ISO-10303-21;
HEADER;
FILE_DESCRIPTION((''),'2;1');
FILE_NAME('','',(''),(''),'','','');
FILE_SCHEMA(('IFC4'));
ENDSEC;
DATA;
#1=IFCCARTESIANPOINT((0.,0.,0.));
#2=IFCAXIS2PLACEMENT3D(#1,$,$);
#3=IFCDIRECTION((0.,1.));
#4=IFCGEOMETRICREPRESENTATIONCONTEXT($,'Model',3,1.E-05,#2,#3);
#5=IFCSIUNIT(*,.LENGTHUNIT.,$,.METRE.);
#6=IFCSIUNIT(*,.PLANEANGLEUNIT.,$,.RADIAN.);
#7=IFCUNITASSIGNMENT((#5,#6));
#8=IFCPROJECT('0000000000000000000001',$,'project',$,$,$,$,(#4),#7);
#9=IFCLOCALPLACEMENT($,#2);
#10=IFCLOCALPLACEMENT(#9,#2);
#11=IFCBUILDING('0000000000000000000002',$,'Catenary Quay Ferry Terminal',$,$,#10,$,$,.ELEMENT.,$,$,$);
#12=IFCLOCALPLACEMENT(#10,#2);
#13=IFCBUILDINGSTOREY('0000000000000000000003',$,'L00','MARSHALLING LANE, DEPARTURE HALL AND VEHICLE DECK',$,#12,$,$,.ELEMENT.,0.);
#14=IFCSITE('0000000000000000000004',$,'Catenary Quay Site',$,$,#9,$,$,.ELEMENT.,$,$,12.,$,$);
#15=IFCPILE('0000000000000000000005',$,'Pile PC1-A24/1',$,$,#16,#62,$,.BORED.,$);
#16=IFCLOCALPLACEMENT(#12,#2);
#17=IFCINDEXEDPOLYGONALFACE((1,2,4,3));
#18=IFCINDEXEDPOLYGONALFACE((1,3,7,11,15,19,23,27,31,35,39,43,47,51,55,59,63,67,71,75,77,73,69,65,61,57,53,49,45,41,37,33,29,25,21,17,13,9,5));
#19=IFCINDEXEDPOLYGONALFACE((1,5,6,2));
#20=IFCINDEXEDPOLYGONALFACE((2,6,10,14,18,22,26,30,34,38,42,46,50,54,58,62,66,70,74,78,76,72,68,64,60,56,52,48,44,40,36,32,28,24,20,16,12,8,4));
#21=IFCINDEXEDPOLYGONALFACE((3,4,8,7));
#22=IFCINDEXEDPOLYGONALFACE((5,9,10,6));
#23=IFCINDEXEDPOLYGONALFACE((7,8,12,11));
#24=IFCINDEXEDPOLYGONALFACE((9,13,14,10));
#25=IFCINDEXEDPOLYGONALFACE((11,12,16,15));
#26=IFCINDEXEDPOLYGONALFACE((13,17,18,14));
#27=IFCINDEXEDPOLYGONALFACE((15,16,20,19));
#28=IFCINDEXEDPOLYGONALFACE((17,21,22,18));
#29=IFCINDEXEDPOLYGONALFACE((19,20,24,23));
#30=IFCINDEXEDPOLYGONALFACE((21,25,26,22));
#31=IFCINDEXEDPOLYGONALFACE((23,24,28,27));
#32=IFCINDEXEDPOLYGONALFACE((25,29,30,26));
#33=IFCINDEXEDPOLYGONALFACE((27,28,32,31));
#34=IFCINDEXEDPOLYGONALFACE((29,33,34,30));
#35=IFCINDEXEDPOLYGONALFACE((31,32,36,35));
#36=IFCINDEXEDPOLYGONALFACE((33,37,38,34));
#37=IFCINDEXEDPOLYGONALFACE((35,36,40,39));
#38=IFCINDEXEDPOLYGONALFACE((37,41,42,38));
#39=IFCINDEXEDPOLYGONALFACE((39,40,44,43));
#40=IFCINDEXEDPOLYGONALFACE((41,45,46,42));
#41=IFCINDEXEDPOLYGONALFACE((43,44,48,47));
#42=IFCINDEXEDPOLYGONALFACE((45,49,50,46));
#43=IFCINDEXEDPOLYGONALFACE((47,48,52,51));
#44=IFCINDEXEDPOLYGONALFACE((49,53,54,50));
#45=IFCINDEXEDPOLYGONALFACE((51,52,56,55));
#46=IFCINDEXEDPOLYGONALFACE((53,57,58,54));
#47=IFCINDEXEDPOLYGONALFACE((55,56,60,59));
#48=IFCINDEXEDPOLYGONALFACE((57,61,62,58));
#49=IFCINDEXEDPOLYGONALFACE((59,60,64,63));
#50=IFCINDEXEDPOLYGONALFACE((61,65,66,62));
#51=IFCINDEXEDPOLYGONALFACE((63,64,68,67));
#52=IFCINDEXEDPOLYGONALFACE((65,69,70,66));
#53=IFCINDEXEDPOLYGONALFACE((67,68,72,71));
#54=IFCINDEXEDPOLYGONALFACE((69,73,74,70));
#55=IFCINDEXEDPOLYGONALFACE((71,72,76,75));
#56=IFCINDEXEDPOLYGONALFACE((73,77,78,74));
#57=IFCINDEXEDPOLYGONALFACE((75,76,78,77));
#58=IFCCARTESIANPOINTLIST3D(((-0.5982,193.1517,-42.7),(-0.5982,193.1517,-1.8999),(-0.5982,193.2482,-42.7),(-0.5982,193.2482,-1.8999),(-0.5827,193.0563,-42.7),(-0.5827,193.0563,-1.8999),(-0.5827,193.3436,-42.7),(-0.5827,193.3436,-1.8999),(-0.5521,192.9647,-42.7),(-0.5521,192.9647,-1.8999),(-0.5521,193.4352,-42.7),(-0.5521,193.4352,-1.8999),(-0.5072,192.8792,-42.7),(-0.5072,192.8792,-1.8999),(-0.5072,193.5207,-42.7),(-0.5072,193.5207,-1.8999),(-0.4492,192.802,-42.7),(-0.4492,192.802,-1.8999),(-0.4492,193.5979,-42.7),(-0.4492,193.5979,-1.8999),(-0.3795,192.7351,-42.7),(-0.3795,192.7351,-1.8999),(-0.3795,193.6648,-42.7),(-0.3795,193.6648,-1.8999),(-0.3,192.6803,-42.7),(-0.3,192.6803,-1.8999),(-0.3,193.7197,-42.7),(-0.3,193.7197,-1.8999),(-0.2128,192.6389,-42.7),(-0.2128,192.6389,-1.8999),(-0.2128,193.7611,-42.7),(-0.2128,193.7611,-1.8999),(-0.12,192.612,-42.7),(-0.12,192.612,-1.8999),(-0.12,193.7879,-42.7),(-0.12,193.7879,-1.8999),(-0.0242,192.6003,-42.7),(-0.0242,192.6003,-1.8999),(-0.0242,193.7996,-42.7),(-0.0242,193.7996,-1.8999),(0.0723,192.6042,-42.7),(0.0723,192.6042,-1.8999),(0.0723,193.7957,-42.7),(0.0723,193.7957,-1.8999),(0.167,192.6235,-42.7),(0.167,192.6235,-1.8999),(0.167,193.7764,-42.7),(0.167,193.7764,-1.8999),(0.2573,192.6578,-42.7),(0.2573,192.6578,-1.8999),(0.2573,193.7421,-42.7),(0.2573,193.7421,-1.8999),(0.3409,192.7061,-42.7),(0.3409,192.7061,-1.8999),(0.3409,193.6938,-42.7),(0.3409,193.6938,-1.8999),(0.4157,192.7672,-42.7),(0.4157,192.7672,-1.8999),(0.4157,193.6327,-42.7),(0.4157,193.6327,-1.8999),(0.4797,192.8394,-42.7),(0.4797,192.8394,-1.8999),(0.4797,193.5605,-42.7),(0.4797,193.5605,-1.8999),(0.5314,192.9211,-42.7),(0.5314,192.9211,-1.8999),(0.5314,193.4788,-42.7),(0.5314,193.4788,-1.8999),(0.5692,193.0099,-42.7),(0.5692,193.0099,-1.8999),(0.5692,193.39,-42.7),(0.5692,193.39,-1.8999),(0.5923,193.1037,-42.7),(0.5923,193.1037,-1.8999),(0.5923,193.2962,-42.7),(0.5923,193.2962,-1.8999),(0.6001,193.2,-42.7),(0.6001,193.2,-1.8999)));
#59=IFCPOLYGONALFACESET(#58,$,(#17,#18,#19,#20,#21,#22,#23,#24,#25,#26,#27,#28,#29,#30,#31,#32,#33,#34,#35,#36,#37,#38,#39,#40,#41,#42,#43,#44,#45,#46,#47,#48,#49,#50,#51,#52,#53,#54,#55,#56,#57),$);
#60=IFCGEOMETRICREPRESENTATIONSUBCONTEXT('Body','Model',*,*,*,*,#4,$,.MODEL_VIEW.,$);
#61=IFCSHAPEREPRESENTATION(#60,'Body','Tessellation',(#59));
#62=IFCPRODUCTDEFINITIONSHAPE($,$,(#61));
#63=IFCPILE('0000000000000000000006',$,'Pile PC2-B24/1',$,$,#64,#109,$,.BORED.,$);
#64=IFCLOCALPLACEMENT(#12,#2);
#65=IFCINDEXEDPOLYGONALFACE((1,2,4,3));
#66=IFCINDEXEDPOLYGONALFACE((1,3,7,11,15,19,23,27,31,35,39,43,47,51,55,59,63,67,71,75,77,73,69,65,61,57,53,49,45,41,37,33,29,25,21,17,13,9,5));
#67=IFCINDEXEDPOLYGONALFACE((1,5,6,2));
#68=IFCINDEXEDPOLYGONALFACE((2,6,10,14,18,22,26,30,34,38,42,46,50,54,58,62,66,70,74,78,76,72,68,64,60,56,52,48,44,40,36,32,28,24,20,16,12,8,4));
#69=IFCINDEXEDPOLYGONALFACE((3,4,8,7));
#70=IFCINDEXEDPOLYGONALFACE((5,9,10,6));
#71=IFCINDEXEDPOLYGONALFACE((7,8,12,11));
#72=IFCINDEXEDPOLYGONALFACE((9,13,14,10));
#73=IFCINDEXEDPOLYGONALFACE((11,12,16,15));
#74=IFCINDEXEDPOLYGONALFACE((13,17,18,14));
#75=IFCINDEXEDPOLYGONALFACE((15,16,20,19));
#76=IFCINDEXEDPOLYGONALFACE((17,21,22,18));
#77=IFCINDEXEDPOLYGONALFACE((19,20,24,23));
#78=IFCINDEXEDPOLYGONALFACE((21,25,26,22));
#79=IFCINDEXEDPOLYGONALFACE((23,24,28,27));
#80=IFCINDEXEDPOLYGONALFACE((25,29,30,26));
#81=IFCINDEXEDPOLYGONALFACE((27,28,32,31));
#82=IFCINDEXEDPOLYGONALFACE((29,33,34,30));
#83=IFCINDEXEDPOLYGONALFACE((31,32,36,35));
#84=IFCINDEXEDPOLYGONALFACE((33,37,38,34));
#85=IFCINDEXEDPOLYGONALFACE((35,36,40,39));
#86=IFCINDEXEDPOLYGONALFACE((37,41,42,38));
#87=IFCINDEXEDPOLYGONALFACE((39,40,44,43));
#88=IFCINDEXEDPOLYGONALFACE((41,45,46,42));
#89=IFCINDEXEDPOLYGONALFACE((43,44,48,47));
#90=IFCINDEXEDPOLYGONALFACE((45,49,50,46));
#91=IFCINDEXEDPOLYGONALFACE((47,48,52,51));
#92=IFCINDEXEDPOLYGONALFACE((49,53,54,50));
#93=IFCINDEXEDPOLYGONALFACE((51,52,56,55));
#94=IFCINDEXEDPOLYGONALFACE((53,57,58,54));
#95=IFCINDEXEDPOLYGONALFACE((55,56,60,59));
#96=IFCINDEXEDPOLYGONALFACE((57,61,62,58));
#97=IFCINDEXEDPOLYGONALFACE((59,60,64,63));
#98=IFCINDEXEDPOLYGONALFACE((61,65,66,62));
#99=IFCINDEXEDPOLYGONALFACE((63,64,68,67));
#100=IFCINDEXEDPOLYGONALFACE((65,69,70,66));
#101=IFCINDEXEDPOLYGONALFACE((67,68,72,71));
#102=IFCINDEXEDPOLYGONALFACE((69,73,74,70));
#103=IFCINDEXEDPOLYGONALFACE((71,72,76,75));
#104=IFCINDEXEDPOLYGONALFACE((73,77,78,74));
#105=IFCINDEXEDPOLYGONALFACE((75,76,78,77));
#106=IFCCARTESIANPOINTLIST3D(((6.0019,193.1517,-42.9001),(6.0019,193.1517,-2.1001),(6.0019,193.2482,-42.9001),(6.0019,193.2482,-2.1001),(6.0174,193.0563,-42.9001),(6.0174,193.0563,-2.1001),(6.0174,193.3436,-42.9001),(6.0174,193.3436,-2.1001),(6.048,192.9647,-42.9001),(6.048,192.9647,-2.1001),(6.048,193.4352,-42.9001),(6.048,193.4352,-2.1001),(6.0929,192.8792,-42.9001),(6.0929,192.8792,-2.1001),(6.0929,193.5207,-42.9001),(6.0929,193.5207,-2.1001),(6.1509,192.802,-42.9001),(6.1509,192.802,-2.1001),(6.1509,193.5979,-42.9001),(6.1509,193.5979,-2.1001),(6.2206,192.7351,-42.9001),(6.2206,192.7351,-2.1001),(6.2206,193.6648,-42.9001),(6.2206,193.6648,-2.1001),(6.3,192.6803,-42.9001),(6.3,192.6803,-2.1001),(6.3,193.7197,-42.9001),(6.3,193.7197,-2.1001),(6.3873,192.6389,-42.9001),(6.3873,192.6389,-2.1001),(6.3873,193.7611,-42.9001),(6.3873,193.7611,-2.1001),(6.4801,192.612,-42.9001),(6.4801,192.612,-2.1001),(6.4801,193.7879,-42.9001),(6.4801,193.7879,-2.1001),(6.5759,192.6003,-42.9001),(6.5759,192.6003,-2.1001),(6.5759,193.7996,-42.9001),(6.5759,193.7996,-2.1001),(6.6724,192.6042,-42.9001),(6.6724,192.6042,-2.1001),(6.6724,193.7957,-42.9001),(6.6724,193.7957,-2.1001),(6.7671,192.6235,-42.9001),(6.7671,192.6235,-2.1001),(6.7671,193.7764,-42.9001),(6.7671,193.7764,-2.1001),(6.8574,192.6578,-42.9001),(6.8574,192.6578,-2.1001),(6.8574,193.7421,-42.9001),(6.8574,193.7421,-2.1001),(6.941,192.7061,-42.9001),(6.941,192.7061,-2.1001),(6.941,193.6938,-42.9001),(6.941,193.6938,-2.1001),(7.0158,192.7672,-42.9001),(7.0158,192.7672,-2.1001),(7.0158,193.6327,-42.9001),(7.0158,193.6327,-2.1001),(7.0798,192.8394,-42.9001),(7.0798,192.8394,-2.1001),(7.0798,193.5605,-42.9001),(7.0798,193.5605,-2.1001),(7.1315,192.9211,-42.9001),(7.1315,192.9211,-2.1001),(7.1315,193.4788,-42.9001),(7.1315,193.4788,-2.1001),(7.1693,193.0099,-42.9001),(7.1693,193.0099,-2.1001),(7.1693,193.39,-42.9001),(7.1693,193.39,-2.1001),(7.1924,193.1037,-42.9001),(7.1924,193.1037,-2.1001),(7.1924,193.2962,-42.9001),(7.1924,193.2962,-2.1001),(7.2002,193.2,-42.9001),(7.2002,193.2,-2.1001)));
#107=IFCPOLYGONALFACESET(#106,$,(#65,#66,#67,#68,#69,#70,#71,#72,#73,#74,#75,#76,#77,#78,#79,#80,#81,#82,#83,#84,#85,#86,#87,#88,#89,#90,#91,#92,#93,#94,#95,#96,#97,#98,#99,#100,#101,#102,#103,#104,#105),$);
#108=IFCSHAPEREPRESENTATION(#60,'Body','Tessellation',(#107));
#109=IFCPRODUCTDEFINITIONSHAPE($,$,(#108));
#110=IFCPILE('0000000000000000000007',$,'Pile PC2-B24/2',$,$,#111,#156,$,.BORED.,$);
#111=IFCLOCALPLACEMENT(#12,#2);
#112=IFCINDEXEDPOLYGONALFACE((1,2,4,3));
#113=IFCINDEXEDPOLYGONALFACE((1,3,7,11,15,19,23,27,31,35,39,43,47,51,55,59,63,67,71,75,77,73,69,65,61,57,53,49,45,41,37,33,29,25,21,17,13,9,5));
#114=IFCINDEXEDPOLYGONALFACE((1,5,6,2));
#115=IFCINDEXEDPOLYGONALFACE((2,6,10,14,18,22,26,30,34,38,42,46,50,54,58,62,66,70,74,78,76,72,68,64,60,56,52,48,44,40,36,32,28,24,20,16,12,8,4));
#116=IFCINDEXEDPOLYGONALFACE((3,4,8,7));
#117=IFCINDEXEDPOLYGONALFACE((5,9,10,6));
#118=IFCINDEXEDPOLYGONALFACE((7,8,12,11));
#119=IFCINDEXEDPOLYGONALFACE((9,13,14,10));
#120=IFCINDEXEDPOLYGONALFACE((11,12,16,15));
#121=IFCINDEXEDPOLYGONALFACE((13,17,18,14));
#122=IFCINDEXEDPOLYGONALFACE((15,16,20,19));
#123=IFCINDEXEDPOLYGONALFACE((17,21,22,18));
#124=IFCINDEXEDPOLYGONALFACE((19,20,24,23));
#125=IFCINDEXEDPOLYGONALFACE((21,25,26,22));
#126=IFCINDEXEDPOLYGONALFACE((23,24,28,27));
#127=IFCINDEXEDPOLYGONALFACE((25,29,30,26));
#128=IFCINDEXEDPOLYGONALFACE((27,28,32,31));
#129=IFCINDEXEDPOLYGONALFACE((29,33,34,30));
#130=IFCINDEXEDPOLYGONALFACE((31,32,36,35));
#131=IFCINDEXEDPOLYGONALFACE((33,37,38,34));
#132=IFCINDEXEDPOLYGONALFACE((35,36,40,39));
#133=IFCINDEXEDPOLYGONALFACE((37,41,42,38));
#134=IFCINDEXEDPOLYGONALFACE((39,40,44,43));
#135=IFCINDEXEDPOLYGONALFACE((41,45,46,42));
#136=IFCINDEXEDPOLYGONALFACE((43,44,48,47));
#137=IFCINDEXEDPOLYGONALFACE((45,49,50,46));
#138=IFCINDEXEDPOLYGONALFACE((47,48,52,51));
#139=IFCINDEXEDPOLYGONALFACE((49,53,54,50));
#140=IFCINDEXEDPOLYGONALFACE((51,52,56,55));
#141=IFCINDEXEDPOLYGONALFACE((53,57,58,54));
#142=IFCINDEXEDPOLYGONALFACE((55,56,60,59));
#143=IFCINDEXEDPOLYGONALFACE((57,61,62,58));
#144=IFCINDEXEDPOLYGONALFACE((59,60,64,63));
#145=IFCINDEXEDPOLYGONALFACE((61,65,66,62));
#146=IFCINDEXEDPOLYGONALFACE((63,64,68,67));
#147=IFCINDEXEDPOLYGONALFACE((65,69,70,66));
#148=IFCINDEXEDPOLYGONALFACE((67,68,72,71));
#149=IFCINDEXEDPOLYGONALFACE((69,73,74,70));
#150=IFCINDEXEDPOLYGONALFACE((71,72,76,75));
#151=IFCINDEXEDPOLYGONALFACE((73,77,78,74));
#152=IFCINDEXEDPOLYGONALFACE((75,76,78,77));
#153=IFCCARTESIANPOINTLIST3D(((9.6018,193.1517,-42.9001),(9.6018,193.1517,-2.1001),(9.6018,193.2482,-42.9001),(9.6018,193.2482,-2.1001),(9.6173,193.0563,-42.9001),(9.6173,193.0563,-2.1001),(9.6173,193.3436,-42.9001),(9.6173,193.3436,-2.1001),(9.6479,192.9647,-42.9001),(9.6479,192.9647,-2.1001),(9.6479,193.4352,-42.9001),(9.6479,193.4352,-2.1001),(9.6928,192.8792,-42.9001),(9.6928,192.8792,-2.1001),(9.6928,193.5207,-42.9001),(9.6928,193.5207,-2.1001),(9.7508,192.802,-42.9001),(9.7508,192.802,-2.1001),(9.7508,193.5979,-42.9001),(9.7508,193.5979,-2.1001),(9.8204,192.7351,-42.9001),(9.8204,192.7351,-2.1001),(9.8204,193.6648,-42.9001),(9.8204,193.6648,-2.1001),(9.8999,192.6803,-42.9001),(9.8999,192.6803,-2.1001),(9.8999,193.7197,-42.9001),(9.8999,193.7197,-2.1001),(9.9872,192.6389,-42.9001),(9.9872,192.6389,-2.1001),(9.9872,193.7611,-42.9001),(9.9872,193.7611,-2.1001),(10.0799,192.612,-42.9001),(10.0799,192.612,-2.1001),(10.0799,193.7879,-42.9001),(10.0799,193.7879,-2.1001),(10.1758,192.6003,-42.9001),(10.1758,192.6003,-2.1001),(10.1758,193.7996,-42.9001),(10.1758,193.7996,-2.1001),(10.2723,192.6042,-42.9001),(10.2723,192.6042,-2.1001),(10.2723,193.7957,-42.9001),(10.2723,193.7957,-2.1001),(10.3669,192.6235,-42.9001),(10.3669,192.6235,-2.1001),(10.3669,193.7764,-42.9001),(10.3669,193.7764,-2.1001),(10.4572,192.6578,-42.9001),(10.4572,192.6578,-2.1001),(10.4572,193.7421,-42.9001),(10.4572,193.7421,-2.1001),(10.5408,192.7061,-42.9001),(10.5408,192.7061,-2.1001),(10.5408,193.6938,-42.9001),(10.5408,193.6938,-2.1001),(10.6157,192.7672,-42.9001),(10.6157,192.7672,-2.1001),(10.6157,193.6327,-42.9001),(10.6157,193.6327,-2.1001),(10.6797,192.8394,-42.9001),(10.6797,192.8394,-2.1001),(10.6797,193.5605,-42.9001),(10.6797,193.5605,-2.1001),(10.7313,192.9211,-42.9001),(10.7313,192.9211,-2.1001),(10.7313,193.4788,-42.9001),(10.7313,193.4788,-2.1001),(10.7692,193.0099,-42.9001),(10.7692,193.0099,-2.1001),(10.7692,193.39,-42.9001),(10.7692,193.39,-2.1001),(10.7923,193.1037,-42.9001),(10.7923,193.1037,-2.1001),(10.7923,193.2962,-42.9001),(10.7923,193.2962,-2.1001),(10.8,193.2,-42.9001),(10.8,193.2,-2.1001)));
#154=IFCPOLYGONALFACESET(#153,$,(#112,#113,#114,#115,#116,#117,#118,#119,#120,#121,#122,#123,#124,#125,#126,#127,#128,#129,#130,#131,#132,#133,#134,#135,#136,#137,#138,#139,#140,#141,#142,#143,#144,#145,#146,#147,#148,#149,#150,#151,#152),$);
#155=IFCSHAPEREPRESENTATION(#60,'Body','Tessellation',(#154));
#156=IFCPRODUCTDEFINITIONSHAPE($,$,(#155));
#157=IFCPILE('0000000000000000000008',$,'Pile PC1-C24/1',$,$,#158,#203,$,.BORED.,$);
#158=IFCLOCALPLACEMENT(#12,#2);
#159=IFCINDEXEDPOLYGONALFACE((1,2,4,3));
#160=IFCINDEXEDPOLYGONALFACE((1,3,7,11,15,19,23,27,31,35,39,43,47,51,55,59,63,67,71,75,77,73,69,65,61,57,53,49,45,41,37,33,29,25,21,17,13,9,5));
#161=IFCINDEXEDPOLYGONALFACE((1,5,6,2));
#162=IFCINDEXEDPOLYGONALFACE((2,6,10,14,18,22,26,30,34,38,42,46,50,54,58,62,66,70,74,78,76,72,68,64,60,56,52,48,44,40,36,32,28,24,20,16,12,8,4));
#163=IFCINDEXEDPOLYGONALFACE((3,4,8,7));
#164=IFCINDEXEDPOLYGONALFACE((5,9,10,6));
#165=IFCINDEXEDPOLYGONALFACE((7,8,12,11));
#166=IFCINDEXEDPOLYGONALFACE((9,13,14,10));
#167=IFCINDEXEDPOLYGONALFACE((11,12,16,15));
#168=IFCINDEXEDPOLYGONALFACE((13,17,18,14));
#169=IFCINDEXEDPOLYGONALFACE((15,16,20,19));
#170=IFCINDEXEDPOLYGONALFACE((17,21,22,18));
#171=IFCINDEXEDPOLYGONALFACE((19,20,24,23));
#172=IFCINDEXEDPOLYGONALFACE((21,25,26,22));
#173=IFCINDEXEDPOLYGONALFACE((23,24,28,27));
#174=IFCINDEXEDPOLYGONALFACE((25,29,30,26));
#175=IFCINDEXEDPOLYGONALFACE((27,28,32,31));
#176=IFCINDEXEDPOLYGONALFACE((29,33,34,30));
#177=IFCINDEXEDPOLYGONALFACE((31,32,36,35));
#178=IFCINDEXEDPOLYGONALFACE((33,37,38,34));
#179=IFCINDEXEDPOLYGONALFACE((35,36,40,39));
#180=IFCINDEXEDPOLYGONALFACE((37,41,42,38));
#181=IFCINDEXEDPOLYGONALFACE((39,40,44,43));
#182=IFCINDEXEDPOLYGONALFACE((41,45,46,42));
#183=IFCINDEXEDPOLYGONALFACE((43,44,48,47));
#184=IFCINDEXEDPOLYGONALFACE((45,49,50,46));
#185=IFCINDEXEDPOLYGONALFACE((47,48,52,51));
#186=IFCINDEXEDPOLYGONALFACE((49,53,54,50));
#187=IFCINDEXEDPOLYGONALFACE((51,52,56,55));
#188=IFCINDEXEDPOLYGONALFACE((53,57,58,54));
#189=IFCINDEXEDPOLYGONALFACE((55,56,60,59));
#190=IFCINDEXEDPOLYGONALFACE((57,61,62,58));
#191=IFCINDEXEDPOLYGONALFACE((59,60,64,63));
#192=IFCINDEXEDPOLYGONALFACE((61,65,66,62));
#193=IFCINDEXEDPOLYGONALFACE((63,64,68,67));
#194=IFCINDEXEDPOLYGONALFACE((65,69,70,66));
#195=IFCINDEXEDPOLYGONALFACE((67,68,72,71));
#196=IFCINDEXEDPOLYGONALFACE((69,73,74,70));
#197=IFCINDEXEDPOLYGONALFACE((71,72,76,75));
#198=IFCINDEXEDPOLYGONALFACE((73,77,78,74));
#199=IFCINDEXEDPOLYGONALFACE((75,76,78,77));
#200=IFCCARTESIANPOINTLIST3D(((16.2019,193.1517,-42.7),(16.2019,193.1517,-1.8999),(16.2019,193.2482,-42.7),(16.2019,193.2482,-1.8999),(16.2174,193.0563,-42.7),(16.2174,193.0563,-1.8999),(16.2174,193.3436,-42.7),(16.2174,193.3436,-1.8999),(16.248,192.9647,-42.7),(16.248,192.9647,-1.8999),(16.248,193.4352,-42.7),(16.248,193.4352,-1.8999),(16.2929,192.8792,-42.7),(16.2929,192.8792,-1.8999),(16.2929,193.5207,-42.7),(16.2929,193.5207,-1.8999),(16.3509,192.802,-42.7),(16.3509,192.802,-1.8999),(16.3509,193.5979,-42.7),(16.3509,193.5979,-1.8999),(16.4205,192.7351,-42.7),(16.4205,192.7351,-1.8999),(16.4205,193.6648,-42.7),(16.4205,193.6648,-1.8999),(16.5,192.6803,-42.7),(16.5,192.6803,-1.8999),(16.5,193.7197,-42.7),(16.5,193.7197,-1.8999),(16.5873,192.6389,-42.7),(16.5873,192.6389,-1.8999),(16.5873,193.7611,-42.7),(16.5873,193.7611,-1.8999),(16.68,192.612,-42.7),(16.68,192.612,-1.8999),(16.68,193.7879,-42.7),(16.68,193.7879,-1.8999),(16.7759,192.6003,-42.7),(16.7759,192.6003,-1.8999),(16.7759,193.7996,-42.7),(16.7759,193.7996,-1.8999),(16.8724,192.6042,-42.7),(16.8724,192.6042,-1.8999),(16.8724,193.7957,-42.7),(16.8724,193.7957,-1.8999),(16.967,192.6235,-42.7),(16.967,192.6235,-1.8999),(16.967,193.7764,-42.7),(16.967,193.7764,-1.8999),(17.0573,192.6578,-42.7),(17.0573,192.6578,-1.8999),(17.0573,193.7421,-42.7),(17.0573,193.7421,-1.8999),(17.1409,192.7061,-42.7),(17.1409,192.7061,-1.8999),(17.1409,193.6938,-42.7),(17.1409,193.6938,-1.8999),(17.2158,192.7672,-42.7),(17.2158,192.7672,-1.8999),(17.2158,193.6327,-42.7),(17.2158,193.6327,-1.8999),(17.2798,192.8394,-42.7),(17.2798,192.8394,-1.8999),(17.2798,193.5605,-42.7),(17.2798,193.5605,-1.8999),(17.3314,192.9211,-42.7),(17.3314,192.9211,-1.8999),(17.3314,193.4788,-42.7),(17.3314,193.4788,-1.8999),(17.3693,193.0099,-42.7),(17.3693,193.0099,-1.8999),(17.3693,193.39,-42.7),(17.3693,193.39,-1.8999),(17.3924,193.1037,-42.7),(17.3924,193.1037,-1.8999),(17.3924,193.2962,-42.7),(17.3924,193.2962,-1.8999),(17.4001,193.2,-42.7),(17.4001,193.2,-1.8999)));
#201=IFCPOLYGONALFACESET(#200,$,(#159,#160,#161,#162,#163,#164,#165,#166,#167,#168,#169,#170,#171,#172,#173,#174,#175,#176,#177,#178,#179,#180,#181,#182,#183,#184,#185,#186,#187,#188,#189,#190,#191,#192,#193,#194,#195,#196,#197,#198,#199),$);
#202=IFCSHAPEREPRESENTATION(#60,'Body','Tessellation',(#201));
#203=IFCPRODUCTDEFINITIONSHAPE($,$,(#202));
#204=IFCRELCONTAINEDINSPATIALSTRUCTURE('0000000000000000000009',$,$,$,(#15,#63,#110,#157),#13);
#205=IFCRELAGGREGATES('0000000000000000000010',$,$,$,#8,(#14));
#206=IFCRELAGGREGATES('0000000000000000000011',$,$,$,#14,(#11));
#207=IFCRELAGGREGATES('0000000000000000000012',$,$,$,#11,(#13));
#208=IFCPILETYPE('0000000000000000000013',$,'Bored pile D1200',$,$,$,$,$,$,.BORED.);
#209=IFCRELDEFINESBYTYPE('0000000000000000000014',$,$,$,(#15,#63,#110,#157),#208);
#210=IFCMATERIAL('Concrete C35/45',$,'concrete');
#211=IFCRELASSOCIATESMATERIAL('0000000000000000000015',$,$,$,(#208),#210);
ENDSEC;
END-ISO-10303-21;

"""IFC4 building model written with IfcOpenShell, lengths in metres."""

from ifc_helpers import new_model, si_unit, direction, frame, origin, origin_2d, place, context, subcontext, project, spatial, circle, extrude, material, material_profile, profile_set, type_object, element, save


model = new_model("IFC4")

# Units and contexts
model_context = context("Model", 3, precision=1e-05, world=origin(), true_north=direction((0.0, 1.0)))
body_context = subcontext(model_context, "Body", "Model", "MODEL_VIEW")
ifc_project = project(units=[si_unit("LENGTHUNIT", "METRE"), si_unit("PLANEANGLEUNIT", "RADIAN")], contexts=[model_context])

# Site, building, storey
site_placement = place(None, origin())
site = spatial("IfcSite", under=ifc_project, at=site_placement, Name="Catenary Quay Site", CompositionType="ELEMENT", RefElevation=12.0)
building_placement = place(site_placement, origin())
building = spatial("IfcBuilding", under=site, at=building_placement, Name="Catenary Quay Ferry Terminal", CompositionType="ELEMENT")
storey_placement = place(building_placement, origin())
storey = spatial("IfcBuildingStorey", under=building, at=storey_placement, Name="L00", Description="MARSHALLING LANE, DEPARTURE HALL AND VEHICLE DECK", CompositionType="ELEMENT", Elevation=0.0)

# Piles
ifc_material_1 = material(Name="Concrete C35/45", Category="concrete")
ifc_material_profile_1 = material_profile(ifc_material_1, circle(Radius=0.6001, at=origin_2d()), Name="D1200")
ifc_profile_set_1 = profile_set([ifc_material_profile_1], Name="Concrete C35/45")
pile_type = type_object("IfcPileType", Name="Bored pile D1200", PredefinedType="BORED", material=ifc_profile_set_1)
for number, where, z_axis, x_axis, name in (
    (1, (0.0, 193.2, -1.8999), (0.0, 0.0, -1.0), (1.0, 0.0, 0.0), "Pile PC1-A24/1"),
    (2, (6.6001, 193.2, -2.1001), (0.0, 0.0, -1.0), (1.0, 0.0, 0.0), "Pile PC2-B24/1"),
    (3, (10.2, 193.2, -2.1001), (0.0, 0.0, -1.0), (1.0, 0.0, 0.0), "Pile PC2-B24/2"),
    (4, (16.8, 193.2, -1.8999), (0.0, 0.0, -1.0), (1.0, 0.0, 0.0), "Pile PC1-C24/1"),
):
    element("IfcPile", number, at=place(storey_placement, frame(where, z_axis=z_axis, x_axis=x_axis)), inside=storey, type_object=pile_type, Name=name, PredefinedType="BORED", context=body_context, shape_type="SweptSolid", body=[
        extrude(circle(Radius=0.6001, at=origin_2d()), origin(), (0.0, 0.0, 1.0), 40.8),
    ])

save(model, "model.ifc")
